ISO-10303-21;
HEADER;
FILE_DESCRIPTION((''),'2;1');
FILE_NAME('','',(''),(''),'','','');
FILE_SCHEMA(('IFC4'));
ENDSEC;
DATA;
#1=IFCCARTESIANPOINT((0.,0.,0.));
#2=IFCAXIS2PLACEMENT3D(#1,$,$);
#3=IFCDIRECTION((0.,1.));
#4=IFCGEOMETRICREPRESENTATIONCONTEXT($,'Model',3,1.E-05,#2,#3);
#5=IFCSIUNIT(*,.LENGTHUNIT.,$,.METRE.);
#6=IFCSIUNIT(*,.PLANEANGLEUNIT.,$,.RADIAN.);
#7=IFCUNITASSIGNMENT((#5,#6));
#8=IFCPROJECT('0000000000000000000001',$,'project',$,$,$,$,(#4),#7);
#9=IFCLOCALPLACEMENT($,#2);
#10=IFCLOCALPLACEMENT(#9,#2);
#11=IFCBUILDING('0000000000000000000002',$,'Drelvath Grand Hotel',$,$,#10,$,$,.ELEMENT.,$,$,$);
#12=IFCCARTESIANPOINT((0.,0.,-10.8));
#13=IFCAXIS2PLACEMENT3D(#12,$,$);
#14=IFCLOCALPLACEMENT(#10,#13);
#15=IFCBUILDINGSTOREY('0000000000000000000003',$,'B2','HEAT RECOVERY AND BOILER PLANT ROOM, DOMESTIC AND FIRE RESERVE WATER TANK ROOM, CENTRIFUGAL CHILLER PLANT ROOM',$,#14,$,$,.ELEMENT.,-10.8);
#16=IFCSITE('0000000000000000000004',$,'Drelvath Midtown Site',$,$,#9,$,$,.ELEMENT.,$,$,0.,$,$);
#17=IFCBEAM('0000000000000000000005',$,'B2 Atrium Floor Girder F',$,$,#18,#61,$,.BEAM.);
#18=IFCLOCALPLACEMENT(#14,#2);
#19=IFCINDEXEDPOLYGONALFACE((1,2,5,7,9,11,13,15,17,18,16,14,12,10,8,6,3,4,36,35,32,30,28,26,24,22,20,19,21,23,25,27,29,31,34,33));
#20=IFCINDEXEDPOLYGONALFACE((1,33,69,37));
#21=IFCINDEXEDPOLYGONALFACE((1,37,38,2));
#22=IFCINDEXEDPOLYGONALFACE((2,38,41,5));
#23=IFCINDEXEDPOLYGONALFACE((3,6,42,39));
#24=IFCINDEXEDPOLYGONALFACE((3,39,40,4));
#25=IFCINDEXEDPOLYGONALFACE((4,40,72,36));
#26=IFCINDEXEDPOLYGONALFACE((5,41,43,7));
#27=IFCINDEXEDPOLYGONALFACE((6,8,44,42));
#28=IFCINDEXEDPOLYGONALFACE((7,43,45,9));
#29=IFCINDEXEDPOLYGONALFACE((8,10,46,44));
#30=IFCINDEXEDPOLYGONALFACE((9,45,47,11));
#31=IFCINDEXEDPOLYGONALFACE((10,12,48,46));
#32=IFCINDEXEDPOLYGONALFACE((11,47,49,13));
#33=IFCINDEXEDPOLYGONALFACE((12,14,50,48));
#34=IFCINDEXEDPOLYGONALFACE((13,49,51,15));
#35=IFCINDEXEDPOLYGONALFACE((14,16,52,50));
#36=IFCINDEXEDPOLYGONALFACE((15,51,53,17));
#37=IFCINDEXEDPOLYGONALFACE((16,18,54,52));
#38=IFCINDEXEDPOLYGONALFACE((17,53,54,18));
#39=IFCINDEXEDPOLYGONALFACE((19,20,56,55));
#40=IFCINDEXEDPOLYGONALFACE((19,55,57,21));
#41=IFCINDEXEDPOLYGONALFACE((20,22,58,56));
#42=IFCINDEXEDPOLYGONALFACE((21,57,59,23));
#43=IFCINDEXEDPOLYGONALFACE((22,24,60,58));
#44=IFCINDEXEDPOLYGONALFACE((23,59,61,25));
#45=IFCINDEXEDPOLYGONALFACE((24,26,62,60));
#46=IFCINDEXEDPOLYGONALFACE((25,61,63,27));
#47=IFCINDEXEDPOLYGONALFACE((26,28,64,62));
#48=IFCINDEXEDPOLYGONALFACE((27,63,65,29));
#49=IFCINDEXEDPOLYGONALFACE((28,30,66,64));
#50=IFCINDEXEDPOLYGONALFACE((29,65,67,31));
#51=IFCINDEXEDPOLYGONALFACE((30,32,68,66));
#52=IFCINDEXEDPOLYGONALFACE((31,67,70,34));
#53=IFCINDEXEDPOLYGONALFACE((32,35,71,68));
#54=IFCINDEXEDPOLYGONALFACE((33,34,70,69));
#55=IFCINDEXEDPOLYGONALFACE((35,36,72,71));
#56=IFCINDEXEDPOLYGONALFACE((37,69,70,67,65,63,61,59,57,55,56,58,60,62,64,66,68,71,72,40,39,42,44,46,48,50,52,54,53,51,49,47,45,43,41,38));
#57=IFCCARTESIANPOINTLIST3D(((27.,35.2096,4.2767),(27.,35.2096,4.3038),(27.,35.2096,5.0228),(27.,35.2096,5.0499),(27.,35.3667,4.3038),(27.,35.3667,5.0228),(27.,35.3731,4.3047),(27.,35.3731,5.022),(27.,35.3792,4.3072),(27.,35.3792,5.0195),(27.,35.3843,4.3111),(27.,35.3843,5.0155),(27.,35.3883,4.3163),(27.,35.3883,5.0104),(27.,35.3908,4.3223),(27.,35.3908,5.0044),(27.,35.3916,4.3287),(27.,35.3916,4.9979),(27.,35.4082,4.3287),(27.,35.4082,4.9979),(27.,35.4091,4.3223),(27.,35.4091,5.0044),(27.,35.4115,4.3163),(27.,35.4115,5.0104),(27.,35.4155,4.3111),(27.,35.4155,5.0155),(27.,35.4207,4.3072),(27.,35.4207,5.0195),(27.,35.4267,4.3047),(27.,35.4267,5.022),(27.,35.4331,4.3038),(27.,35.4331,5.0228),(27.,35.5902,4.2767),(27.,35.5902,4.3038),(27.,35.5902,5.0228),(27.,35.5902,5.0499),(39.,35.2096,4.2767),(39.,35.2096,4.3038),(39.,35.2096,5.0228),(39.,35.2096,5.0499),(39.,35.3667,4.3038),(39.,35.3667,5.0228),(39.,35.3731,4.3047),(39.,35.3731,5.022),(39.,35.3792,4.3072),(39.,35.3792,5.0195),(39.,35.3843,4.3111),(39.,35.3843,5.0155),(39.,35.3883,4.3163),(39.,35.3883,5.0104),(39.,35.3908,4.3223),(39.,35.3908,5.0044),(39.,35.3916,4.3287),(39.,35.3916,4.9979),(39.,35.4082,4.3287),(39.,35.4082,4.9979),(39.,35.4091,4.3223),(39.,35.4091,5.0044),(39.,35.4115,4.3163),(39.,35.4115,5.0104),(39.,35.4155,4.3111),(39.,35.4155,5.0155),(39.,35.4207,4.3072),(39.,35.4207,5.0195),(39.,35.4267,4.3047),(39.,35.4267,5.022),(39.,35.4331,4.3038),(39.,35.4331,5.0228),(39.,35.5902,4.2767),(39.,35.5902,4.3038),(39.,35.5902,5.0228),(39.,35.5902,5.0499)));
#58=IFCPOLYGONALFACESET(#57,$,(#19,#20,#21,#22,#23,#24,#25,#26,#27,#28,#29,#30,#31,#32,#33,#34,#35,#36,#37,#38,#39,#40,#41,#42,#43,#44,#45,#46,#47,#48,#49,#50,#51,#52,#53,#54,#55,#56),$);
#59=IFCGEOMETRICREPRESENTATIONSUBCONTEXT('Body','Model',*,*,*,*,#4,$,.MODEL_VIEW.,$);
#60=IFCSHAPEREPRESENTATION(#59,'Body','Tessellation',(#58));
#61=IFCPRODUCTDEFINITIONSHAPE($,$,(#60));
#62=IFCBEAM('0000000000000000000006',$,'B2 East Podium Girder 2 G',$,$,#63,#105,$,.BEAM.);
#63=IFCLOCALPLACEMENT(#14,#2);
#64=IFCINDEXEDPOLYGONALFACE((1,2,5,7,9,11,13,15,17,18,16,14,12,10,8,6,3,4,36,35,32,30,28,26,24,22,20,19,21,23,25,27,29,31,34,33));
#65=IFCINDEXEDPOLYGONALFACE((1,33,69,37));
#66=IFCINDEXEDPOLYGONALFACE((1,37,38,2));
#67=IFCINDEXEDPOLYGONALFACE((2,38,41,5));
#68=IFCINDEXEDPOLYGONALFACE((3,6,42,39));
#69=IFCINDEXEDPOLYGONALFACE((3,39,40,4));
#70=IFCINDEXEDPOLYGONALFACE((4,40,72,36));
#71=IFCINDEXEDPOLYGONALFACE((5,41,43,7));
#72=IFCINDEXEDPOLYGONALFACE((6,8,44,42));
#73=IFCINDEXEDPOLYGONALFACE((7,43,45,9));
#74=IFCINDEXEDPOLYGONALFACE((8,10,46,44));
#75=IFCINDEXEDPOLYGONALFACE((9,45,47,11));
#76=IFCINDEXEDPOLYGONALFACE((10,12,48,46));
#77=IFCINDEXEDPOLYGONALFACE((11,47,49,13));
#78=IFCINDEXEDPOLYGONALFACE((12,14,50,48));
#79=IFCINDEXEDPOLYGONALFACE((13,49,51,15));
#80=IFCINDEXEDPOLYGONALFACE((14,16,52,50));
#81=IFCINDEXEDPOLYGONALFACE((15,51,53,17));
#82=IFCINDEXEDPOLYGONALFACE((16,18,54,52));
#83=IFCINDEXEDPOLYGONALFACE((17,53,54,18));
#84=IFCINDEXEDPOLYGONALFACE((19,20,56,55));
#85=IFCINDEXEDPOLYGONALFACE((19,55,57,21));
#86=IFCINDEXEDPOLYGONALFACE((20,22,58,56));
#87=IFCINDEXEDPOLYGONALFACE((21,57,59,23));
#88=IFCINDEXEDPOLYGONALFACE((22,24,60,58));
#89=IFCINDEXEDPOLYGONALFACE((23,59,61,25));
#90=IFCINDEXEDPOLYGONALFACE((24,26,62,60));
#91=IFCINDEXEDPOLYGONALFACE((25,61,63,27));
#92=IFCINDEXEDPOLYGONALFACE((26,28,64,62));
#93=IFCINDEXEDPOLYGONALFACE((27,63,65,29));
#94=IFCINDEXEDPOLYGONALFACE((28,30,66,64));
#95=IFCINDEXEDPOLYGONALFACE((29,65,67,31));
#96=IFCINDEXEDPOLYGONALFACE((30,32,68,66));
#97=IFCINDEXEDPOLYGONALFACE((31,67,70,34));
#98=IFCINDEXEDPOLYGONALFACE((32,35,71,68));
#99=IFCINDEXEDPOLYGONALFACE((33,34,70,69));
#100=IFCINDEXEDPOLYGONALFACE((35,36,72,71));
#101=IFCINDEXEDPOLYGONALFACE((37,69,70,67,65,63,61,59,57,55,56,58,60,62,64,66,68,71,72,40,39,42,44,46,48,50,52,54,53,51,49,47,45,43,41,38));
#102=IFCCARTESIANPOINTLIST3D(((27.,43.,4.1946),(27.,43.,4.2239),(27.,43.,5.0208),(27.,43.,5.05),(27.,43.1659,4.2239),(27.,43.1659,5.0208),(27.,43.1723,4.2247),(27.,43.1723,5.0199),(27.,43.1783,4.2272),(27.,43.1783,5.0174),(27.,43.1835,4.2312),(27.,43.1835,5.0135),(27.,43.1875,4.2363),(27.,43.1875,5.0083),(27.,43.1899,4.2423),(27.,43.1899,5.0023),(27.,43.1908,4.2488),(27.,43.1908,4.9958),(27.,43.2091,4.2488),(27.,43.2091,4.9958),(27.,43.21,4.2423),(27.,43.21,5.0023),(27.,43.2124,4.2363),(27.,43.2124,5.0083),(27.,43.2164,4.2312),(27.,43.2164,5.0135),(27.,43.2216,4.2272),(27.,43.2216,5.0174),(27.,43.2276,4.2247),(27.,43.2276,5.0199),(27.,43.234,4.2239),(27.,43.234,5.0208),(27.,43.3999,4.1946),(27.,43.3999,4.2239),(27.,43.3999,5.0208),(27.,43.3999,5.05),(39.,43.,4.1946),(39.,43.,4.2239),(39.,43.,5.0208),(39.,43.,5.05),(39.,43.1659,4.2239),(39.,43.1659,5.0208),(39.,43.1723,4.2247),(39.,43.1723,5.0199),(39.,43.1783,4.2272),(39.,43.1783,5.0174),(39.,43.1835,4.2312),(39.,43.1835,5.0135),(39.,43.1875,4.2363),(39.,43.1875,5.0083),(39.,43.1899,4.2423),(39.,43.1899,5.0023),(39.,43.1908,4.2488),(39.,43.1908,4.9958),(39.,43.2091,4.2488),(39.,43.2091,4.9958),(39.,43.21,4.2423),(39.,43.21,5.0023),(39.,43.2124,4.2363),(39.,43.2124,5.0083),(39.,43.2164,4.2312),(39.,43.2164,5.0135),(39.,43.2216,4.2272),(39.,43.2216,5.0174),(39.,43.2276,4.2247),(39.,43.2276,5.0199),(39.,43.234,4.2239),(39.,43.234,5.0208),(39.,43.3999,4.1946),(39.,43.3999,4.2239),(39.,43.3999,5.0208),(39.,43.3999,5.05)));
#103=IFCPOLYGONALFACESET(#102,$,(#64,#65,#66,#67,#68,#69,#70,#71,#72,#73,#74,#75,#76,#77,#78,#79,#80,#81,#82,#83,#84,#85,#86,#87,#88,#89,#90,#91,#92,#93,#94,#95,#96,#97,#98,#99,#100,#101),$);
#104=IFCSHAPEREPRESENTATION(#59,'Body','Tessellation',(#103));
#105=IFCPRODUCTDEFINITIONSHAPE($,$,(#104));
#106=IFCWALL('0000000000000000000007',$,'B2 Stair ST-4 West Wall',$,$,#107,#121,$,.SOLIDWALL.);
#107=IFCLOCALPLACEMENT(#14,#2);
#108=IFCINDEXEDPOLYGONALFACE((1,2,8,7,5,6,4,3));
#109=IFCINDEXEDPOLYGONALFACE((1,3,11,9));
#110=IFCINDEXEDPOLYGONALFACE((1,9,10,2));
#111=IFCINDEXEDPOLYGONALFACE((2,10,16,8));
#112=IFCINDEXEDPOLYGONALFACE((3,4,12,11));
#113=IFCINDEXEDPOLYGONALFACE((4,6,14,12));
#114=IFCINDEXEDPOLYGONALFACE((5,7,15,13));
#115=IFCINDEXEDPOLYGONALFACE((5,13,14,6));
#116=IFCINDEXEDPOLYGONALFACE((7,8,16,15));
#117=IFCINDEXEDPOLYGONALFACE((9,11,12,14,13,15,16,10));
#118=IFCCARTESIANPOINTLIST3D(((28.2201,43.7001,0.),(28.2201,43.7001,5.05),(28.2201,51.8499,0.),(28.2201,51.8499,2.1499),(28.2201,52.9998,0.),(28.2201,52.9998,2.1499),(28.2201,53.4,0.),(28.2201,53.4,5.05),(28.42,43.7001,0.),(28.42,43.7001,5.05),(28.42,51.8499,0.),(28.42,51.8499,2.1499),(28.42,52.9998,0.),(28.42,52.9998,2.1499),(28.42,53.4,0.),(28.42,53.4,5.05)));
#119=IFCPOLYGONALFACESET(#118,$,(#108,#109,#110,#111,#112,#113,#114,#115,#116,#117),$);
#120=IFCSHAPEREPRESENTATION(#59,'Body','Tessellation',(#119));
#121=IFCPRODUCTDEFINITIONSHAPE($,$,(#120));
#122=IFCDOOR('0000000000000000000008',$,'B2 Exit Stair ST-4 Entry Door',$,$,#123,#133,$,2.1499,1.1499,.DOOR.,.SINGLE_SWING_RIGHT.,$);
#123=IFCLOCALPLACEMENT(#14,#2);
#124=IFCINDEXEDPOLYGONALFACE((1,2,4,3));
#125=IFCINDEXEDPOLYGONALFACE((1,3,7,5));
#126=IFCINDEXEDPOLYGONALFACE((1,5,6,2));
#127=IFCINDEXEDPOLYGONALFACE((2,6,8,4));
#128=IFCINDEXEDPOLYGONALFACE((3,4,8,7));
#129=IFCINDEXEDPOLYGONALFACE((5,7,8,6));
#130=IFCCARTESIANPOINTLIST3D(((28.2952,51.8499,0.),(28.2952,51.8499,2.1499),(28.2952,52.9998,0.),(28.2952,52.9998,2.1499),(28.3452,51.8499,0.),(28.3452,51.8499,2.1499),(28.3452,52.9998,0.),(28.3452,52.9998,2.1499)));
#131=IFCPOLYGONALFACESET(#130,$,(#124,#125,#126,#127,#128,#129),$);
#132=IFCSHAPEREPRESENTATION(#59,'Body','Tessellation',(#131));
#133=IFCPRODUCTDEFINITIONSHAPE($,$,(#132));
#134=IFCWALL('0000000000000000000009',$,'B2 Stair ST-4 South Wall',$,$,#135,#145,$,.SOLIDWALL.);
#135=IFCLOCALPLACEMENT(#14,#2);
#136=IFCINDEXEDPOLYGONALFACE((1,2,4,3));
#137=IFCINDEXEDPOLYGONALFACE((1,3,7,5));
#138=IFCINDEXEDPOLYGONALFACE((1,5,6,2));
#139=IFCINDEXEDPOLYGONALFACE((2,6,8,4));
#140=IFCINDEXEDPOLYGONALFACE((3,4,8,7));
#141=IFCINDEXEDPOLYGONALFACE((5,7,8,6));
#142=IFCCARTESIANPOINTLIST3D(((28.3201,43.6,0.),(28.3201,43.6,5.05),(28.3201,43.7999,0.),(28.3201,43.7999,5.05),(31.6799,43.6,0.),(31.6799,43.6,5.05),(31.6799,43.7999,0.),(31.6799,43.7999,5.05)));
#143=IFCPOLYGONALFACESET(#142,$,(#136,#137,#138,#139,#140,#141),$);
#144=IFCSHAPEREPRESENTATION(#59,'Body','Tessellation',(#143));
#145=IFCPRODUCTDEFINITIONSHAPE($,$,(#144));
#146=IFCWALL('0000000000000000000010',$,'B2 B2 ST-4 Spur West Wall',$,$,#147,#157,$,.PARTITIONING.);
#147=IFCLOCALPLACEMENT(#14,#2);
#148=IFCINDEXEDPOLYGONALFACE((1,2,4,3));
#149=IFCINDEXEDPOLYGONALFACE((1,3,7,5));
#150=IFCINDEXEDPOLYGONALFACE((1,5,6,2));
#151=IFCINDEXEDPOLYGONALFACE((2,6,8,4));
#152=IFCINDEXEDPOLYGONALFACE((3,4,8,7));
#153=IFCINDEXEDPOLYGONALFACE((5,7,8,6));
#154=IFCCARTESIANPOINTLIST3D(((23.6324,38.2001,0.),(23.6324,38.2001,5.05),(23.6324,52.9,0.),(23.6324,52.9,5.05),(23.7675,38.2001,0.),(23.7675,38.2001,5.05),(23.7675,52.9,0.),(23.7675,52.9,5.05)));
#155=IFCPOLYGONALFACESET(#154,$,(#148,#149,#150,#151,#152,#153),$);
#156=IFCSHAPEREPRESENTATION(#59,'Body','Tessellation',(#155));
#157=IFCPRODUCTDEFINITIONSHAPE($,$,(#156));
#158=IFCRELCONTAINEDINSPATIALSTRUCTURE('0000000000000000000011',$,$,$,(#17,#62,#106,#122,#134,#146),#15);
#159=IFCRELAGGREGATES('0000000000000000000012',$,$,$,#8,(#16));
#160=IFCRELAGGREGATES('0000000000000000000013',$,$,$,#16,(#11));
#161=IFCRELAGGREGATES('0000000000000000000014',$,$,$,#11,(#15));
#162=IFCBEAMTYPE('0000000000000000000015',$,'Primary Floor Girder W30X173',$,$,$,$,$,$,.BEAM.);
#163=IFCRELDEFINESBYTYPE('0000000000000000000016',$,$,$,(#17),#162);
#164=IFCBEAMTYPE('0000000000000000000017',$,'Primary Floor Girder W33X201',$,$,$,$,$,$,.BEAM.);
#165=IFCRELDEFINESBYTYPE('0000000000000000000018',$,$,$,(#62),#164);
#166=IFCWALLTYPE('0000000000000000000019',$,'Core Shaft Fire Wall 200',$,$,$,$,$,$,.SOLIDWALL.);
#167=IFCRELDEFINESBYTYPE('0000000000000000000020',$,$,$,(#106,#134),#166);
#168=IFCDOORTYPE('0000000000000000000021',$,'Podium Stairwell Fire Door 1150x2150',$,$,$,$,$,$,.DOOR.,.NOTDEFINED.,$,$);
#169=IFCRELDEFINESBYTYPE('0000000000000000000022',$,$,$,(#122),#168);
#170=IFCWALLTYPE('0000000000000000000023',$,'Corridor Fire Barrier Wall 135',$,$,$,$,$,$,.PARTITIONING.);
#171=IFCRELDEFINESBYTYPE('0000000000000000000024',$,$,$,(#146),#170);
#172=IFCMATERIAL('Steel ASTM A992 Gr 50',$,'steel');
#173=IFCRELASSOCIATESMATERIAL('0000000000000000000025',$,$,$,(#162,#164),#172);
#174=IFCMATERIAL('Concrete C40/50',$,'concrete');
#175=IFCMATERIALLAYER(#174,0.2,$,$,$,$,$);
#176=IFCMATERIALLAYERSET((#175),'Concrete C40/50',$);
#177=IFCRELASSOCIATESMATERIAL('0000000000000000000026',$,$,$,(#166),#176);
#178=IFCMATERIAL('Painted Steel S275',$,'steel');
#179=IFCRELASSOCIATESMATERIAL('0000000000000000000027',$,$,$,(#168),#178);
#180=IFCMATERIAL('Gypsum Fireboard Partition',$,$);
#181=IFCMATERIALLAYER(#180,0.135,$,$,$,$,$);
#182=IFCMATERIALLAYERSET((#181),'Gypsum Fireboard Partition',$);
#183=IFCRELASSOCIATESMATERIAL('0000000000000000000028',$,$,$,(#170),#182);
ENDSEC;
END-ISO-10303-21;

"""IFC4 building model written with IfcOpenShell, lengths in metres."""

from ifc_helpers import new_model, si_unit, direction, frame, frame_2d, origin, origin_2d, place, context, subcontext, project, spatial, rectangle, i_section, extrude, material, layer, layer_set, material_profile, profile_set, type_object, element, fill, save


model = new_model("IFC4")

# Units and contexts
model_context = context("Model", 3, precision=1e-05, world=origin(), true_north=direction((0.0, 1.0)))
body_context = subcontext(model_context, "Body", "Model", "MODEL_VIEW")
ifc_project = project(units=[si_unit("LENGTHUNIT", "METRE"), si_unit("PLANEANGLEUNIT", "RADIAN")], contexts=[model_context])

# Site, building, storey
site_placement = place(None, origin())
site = spatial("IfcSite", under=ifc_project, at=site_placement, Name="Drelvath Midtown Site", CompositionType="ELEMENT", RefElevation=0.0)
building_placement = place(site_placement, origin())
building = spatial("IfcBuilding", under=site, at=building_placement, Name="Drelvath Grand Hotel", CompositionType="ELEMENT")
storey_placement = place(building_placement, frame((0.0, 0.0, -10.8)))
storey = spatial("IfcBuildingStorey", under=building, at=storey_placement, Name="B2", Description="HEAT RECOVERY AND BOILER PLANT ROOM, DOMESTIC AND FIRE RESERVE WATER TANK ROOM, CENTRIFUGAL CHILLER PLANT ROOM", CompositionType="ELEMENT", Elevation=-10.8)

# Beams
ifc_material_1 = material(Name="Steel ASTM A992 Gr 50", Category="steel")
ifc_material_profile_1 = material_profile(ifc_material_1, i_section(OverallWidth=0.3806, OverallDepth=0.7732, WebThickness=0.0166, FlangeThickness=0.0271, FilletRadius=0.0249, at=origin_2d()), Name="W30X173")
ifc_profile_set_1 = profile_set([ifc_material_profile_1], Name="Steel ASTM A992 Gr 50")
beam_type_1 = type_object("IfcBeamType", Name="Primary Floor Girder W30X173", PredefinedType="BEAM", material=ifc_profile_set_1)
beam_1_placement = place(storey_placement, frame((27.0, 35.3999, 4.6633), z_axis=(1.0, 0.0, 0.0), x_axis=(0.0, 1.0, 0.0)))
element("IfcBeam", 1, at=beam_1_placement, inside=storey, type_object=beam_type_1, Name="B2 Atrium Floor Girder F", PredefinedType="BEAM", context=body_context, shape_type="SweptSolid", body=[
    extrude(i_section(OverallWidth=0.3806, OverallDepth=0.7732, WebThickness=0.0166, FlangeThickness=0.0271, FilletRadius=0.0249, at=origin_2d()), origin(), (0.0, 0.0, 1.0), 12.0),
])
ifc_material_profile_2 = material_profile(ifc_material_1, i_section(OverallWidth=0.3999, OverallDepth=0.8555, WebThickness=0.0183, FlangeThickness=0.0293, FilletRadius=0.0249, at=origin_2d()), Name="W33X201")
ifc_profile_set_2 = profile_set([ifc_material_profile_2], Name="Steel ASTM A992 Gr 50")
beam_type_2 = type_object("IfcBeamType", Name="Primary Floor Girder W33X201", PredefinedType="BEAM", material=ifc_profile_set_2)
beam_2_placement = place(storey_placement, frame((27.0, 43.2, 4.6223), z_axis=(1.0, 0.0, 0.0), x_axis=(0.0, 1.0, 0.0)))
element("IfcBeam", 2, at=beam_2_placement, inside=storey, type_object=beam_type_2, Name="B2 East Podium Girder 2 G", PredefinedType="BEAM", context=body_context, shape_type="SweptSolid", body=[
    extrude(i_section(OverallWidth=0.3999, OverallDepth=0.8555, WebThickness=0.0183, FlangeThickness=0.0293, FilletRadius=0.0249, at=origin_2d()), origin(), (0.0, 0.0, 1.0), 12.0),
])

# Wall, opening, door
ifc_material_2 = material(Name="Concrete C40/50", Category="concrete")
ifc_layer_1 = layer(ifc_material_2, 0.2)
ifc_layer_set_1 = layer_set([ifc_layer_1], Name="Concrete C40/50")
wall_type_1 = type_object("IfcWallType", Name="Core Shaft Fire Wall 200", PredefinedType="SOLIDWALL", material=ifc_layer_set_1)
wall_1_placement = place(storey_placement, frame((28.3201, 43.7, 0.0), z_axis=(0.0, 0.0, 1.0), x_axis=(0.0, 1.0, 0.0)))
wall_1 = element("IfcWall", 3, at=wall_1_placement, inside=storey, type_object=wall_type_1, Name="B2 Stair ST-4 West Wall", PredefinedType="SOLIDWALL", context=body_context, shape_type="SweptSolid", body=[
    extrude(rectangle(XDim=9.7, YDim=0.2, at=frame_2d((4.8501, 0.0))), origin(), (0.0, 0.0, 1.0), 5.05),
])
opening_placement = place(wall_1_placement, frame((8.1499, 0.0, 0.0)))
opening = element("IfcOpeningElement", 4, at=opening_placement, cuts=wall_1, PredefinedType="OPENING", context=body_context, shape_type="SweptSolid", body=[
    extrude(rectangle(XDim=1.1499, YDim=2.1499, at=frame_2d((0.575, 1.075))), frame((0.0, 0.1099, 0.0), z_axis=(0.0, -1.0, 0.0), x_axis=(1.0, 0.0, 0.0)), (0.0, 0.0, 1.0), 0.22),
])
ifc_material_3 = material(Name="Painted Steel S275", Category="steel")
door_type = type_object("IfcDoorType", Name="Podium Stairwell Fire Door 1150x2150", OperationType="NOTDEFINED", PredefinedType="DOOR", material=ifc_material_3)
door_placement = place(opening_placement, origin())
door = element("IfcDoor", 5, at=door_placement, inside=storey, type_object=door_type, Name="B2 Exit Stair ST-4 Entry Door", OperationType="SINGLE_SWING_RIGHT", OverallHeight=2.1499, OverallWidth=1.1499, PredefinedType="DOOR", context=body_context, shape_type="SweptSolid", body=[
    extrude(rectangle(XDim=1.1499, YDim=2.1499, at=frame_2d((0.575, 1.075))), frame((0.0, 0.0249, 0.0), z_axis=(0.0, -1.0, 0.0), x_axis=(1.0, 0.0, 0.0)), (0.0, 0.0, 1.0), 0.05),
])
fill(opening, door)

# Walls
wall_2_placement = place(storey_placement, frame((28.3201, 43.7, 0.0), z_axis=(0.0, 0.0, 1.0), x_axis=(1.0, 0.0, 0.0)))
element("IfcWall", 6, at=wall_2_placement, inside=storey, type_object=wall_type_1, Name="B2 Stair ST-4 South Wall", PredefinedType="SOLIDWALL", context=body_context, shape_type="SweptSolid", body=[
    extrude(rectangle(XDim=3.3599, YDim=0.2, at=frame_2d((1.6799, 0.0))), origin(), (0.0, 0.0, 1.0), 5.05),
])
ifc_material_4 = material(Name="Gypsum Fireboard Partition")
ifc_layer_2 = layer(ifc_material_4, 0.135)
ifc_layer_set_2 = layer_set([ifc_layer_2], Name="Gypsum Fireboard Partition")
wall_type_2 = type_object("IfcWallType", Name="Corridor Fire Barrier Wall 135", PredefinedType="PARTITIONING", material=ifc_layer_set_2)
wall_3_placement = place(storey_placement, frame((23.7, 38.2, 0.0), z_axis=(0.0, 0.0, 1.0), x_axis=(0.0, 1.0, 0.0)))
element("IfcWall", 7, at=wall_3_placement, inside=storey, type_object=wall_type_2, Name="B2 B2 ST-4 Spur West Wall", PredefinedType="PARTITIONING", context=body_context, shape_type="SweptSolid", body=[
    extrude(rectangle(XDim=14.7, YDim=0.135, at=frame_2d((7.3501, 0.0))), origin(), (0.0, 0.0, 1.0), 5.05),
])

save(model, "model.ifc")
